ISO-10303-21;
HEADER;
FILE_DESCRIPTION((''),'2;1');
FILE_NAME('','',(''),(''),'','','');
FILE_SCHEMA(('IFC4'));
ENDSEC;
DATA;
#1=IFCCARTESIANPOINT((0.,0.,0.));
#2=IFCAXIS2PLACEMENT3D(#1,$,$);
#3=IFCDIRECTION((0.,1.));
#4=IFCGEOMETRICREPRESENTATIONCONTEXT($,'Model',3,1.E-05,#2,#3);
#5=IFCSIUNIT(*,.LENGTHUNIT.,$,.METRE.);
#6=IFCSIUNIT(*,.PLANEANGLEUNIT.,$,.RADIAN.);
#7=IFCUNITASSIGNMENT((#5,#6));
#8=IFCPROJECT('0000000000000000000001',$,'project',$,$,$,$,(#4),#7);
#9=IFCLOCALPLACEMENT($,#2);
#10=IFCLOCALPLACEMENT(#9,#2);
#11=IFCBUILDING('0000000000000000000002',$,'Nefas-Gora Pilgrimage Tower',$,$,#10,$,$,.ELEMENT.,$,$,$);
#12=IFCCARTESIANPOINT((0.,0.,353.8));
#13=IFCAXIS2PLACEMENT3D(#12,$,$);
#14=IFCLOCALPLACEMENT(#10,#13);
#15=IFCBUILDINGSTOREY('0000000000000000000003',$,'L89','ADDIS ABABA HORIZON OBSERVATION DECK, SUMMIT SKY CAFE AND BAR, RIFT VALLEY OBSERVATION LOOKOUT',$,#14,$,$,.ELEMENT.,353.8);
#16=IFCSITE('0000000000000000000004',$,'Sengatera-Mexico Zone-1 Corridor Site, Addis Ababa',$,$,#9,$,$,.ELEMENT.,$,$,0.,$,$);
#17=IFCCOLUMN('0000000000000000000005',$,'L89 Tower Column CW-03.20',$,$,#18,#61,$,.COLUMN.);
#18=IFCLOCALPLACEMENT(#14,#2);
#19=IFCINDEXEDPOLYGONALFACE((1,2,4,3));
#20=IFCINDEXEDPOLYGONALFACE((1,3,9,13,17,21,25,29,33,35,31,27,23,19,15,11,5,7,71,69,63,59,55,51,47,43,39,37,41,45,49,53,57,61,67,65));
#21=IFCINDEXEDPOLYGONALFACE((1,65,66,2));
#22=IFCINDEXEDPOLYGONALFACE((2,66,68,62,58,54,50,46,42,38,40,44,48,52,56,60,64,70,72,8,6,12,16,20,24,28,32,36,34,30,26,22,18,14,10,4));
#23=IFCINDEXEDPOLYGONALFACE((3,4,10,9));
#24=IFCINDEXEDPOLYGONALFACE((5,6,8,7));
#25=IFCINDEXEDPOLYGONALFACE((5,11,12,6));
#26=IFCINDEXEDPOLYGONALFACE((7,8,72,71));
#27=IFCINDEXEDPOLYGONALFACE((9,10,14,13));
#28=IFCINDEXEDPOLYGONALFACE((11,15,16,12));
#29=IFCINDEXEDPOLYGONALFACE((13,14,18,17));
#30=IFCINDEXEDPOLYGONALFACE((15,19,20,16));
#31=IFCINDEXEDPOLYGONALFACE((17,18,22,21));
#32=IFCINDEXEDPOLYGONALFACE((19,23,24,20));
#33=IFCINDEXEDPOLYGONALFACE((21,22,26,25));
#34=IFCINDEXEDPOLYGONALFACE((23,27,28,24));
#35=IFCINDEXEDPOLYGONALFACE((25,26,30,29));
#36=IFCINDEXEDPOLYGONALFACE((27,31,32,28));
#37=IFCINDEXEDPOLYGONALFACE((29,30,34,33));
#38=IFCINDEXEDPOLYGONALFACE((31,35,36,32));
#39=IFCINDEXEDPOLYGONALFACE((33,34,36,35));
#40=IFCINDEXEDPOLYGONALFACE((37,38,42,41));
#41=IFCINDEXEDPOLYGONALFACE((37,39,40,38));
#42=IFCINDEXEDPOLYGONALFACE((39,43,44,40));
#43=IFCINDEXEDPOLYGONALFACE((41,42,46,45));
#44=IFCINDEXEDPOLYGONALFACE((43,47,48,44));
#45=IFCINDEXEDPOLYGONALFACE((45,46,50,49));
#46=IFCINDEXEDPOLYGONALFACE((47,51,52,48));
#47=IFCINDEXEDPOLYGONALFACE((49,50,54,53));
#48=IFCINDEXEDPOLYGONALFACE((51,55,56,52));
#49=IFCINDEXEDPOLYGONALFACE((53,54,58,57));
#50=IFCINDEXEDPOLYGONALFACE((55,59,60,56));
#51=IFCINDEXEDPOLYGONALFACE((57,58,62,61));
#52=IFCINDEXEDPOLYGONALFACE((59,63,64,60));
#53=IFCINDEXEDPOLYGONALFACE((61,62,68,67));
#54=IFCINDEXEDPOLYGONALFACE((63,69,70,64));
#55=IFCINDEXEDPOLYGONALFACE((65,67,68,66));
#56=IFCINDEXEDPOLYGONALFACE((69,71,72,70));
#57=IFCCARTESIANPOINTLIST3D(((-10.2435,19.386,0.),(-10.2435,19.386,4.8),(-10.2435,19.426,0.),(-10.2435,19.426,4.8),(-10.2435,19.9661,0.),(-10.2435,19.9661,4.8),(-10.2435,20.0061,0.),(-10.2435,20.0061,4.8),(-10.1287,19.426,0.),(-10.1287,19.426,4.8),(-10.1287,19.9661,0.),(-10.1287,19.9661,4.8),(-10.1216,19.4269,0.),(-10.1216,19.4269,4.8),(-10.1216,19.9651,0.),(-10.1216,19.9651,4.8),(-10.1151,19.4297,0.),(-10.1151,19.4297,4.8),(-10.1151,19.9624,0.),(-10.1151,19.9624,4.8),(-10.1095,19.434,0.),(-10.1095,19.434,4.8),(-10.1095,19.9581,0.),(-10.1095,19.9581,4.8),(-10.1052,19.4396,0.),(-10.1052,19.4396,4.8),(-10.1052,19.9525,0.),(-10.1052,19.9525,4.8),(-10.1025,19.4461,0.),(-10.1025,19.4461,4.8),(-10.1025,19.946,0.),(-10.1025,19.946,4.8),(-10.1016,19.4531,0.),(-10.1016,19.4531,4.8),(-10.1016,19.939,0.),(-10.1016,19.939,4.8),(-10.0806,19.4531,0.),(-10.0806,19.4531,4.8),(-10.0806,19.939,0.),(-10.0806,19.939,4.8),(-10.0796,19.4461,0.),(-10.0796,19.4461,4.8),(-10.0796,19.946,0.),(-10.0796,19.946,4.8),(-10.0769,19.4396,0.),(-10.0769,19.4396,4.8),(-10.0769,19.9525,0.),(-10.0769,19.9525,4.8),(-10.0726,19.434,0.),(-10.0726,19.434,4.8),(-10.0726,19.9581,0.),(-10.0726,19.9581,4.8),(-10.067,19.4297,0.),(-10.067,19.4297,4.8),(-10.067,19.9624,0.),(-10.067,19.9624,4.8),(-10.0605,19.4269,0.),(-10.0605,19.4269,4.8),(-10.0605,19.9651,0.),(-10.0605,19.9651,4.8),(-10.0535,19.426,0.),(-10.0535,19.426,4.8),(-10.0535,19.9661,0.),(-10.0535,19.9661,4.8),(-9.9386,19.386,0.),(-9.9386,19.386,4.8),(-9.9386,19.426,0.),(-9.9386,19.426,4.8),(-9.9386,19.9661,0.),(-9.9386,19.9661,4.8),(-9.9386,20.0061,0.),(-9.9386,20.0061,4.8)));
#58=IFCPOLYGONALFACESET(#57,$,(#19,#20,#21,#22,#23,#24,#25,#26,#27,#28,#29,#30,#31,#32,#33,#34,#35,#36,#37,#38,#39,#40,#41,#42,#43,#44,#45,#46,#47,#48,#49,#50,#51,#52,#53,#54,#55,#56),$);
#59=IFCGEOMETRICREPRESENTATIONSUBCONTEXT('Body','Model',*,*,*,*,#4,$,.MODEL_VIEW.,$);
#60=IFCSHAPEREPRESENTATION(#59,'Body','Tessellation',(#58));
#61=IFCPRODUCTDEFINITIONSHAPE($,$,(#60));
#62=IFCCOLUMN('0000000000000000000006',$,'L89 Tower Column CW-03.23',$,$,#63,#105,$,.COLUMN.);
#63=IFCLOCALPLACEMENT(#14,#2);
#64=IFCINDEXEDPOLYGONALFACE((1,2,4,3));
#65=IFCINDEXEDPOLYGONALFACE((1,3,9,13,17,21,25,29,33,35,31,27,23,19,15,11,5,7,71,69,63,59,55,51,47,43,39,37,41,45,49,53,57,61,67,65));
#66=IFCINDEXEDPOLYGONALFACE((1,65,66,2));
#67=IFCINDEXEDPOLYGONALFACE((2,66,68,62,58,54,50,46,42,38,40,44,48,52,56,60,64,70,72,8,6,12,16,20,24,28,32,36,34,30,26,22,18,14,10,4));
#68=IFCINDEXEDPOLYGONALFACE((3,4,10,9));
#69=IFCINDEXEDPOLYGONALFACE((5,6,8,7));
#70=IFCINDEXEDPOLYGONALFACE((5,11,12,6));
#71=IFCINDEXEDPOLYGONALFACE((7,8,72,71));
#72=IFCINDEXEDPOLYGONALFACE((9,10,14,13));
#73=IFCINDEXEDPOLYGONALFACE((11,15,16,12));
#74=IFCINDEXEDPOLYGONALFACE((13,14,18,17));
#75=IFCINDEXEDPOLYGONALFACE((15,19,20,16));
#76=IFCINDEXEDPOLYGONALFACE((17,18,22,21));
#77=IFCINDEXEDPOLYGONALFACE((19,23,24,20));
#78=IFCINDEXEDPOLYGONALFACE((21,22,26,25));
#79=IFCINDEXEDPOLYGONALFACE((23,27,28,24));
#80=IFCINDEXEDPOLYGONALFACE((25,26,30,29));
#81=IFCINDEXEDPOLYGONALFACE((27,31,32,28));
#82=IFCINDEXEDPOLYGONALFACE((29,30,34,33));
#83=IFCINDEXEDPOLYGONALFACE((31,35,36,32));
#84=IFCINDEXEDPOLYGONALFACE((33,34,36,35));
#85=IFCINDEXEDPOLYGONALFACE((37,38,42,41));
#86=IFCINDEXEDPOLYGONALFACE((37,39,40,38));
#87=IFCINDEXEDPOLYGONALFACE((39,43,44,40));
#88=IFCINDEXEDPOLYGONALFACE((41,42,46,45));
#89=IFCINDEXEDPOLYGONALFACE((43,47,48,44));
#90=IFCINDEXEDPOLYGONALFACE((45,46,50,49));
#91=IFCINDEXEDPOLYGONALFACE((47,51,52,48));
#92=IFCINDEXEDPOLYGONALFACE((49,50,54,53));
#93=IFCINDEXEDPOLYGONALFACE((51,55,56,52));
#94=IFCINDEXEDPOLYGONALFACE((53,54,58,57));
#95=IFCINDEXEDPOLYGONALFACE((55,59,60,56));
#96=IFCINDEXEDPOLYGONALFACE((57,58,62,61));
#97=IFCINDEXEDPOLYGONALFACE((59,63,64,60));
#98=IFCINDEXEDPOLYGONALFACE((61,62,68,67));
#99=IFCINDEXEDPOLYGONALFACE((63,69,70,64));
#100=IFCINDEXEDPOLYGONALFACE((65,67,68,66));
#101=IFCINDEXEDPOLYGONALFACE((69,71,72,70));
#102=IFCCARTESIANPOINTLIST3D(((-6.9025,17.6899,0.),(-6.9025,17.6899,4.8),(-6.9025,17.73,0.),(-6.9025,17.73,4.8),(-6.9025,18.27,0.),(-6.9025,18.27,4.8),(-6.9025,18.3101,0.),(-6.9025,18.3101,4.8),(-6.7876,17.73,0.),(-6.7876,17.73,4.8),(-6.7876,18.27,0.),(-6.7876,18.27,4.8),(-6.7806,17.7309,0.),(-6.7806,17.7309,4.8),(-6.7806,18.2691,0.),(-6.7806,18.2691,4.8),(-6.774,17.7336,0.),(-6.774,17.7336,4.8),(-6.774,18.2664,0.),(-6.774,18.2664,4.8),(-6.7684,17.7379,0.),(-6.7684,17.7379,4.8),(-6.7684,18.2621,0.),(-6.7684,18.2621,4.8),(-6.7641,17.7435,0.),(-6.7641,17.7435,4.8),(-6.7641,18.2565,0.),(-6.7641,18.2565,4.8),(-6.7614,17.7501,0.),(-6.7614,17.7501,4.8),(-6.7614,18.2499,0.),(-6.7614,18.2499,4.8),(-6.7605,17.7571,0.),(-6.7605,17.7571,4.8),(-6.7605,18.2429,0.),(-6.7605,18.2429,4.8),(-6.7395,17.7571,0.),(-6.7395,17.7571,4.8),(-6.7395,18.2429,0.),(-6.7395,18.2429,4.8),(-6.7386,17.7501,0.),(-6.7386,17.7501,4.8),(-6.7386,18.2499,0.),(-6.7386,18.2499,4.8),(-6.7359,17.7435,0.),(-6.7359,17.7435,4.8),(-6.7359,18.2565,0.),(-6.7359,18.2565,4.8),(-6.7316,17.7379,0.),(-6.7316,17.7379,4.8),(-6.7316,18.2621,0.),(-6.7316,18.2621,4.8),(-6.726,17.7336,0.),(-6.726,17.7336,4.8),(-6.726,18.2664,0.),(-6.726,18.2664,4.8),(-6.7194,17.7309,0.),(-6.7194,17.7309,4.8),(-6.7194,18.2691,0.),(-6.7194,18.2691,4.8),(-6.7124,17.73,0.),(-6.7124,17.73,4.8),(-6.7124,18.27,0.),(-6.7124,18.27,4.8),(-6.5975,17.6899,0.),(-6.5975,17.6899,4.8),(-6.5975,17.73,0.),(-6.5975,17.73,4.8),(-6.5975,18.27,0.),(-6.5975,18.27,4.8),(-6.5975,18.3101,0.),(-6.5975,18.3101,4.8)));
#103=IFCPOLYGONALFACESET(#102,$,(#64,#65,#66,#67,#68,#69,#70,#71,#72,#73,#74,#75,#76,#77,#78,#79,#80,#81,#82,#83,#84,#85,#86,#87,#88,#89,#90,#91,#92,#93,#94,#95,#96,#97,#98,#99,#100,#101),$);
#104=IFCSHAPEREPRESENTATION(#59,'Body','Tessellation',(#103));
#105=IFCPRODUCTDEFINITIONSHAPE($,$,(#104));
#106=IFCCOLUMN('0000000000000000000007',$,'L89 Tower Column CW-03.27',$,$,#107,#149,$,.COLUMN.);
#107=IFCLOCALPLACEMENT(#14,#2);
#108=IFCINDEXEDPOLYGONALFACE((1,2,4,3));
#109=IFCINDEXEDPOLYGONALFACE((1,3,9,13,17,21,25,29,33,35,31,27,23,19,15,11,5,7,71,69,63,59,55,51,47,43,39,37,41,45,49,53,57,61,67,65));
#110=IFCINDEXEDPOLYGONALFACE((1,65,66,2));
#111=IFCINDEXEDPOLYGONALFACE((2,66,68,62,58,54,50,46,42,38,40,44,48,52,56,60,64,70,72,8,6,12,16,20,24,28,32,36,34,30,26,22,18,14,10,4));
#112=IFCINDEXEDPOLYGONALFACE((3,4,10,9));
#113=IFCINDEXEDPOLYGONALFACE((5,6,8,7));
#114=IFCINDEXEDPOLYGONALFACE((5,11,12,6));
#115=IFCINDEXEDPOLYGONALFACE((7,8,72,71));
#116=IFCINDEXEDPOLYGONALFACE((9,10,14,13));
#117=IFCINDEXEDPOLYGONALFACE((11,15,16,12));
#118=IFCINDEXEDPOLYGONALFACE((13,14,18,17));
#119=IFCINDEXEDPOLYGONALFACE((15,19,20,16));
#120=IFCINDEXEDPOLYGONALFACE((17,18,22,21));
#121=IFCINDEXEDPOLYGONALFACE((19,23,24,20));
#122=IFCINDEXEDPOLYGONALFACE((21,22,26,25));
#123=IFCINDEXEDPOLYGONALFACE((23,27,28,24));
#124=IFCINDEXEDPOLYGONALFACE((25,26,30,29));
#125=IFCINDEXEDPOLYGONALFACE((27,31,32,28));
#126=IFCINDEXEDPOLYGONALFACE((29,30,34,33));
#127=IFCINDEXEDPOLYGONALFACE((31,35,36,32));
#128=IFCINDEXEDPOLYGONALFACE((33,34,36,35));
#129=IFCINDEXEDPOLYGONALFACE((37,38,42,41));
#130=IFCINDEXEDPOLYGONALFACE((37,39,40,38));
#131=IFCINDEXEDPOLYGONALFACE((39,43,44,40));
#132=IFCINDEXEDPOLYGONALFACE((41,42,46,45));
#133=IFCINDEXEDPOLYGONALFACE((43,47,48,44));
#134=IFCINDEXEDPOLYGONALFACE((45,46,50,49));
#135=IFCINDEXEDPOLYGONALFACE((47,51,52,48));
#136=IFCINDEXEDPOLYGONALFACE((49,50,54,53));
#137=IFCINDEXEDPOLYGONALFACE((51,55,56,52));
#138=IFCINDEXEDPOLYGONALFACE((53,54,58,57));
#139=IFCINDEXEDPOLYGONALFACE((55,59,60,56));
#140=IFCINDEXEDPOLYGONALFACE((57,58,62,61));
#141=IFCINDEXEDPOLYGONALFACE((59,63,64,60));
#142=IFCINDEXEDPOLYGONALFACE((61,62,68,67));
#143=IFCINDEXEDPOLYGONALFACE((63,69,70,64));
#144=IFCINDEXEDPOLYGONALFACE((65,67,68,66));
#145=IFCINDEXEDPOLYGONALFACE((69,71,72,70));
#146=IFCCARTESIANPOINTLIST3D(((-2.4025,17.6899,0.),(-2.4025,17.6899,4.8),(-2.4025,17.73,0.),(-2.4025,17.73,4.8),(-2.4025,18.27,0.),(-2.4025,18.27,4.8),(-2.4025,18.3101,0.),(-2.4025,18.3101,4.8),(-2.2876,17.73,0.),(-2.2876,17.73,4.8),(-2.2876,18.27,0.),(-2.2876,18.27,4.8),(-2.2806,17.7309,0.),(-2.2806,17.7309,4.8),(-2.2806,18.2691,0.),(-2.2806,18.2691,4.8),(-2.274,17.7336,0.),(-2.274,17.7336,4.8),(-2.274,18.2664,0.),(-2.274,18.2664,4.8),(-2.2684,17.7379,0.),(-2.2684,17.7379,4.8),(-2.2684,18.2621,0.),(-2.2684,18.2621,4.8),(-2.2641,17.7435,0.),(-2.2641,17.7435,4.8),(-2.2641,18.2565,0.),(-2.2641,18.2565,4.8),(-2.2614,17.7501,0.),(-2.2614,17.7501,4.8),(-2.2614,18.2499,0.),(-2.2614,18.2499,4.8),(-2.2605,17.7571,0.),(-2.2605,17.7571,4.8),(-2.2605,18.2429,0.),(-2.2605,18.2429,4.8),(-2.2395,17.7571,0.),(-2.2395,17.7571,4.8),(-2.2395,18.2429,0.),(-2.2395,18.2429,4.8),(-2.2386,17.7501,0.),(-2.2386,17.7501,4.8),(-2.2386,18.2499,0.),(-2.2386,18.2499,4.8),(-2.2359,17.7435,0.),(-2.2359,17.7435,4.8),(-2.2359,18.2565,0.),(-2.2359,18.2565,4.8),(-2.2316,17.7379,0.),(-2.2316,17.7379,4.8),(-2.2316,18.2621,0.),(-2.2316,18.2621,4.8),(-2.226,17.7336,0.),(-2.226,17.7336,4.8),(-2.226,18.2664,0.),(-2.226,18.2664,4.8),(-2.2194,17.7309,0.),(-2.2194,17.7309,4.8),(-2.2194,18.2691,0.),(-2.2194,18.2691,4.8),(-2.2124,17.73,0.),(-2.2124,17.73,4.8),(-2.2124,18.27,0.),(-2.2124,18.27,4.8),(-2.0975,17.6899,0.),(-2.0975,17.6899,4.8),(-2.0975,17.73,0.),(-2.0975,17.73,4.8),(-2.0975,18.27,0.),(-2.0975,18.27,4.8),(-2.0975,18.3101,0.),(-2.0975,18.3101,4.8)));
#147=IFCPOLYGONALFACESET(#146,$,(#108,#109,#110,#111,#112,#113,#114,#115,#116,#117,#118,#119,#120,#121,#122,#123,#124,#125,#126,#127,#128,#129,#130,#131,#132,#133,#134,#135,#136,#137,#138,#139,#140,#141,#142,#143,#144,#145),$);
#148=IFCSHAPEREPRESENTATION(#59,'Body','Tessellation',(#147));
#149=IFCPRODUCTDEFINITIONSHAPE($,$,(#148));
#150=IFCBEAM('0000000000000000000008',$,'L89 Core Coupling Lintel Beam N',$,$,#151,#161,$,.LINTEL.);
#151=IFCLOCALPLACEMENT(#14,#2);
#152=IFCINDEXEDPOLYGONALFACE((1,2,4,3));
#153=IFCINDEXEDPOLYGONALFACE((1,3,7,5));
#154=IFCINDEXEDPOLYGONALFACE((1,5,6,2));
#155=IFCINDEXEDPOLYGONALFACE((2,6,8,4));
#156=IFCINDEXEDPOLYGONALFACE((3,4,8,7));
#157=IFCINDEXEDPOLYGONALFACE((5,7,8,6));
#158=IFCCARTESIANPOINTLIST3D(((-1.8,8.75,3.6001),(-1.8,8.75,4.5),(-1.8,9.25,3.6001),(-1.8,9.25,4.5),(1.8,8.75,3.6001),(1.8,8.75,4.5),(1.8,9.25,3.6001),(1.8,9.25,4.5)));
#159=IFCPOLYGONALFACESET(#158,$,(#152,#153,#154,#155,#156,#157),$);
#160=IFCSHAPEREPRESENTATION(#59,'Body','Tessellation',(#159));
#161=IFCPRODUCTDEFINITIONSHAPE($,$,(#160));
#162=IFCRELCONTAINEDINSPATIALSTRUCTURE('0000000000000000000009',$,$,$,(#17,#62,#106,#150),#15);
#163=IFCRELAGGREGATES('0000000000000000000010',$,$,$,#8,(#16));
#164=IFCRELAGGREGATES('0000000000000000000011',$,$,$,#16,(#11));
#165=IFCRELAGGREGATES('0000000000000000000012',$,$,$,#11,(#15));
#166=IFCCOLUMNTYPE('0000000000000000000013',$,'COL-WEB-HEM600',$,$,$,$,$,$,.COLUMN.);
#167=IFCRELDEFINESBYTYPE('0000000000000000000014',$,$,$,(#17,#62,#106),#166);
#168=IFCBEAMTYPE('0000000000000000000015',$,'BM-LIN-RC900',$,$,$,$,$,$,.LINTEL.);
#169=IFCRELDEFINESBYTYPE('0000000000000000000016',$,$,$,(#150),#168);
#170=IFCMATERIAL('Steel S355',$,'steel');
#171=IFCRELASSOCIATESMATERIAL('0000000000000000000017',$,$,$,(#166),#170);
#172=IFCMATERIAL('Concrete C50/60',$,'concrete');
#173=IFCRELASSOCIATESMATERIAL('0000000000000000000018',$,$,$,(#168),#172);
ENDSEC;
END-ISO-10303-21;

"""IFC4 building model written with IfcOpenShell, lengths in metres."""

from ifc_helpers import new_model, si_unit, direction, frame, origin, origin_2d, place, context, subcontext, project, spatial, rectangle, i_section, extrude, source, transform, mapped, material, material_profile, profile_set, type_object, element, save


model = new_model("IFC4")

# Units and contexts
model_context = context("Model", 3, precision=1e-05, world=origin(), true_north=direction((0.0, 1.0)))
body_context = subcontext(model_context, "Body", "Model", "MODEL_VIEW")
ifc_project = project(units=[si_unit("LENGTHUNIT", "METRE"), si_unit("PLANEANGLEUNIT", "RADIAN")], contexts=[model_context])

# Site, building, storey
site_placement = place(None, origin())
site = spatial("IfcSite", under=ifc_project, at=site_placement, Name="Sengatera-Mexico Zone-1 Corridor Site, Addis Ababa", CompositionType="ELEMENT", RefElevation=0.0)
building_placement = place(site_placement, origin())
building = spatial("IfcBuilding", under=site, at=building_placement, Name="Nefas-Gora Pilgrimage Tower", CompositionType="ELEMENT")
storey_placement = place(building_placement, frame((0.0, 0.0, 353.8)))
storey = spatial("IfcBuildingStorey", under=building, at=storey_placement, Name="L89", Description="ADDIS ABABA HORIZON OBSERVATION DECK, SUMMIT SKY CAFE AND BAR, RIFT VALLEY OBSERVATION LOOKOUT", CompositionType="ELEMENT", Elevation=353.8)

# Columns
ifc_material_1 = material(Name="Steel S355", Category="steel")
ifc_material_profile_1 = material_profile(ifc_material_1, i_section(OverallWidth=0.3049, OverallDepth=0.6201, WebThickness=0.021, FlangeThickness=0.04, FilletRadius=0.0271, at=origin_2d()), Name="HEM 600")
ifc_profile_set_1 = profile_set([ifc_material_profile_1], Name="Steel S355")
column_type_1 = type_object("IfcColumnType", Name="COL-WEB-HEM600", PredefinedType="COLUMN", material=ifc_profile_set_1)
shared_shape_1 = source(origin(), body_context, "Body", "SweptSolid", [
    extrude(i_section(OverallWidth=0.3049, OverallDepth=0.6201, WebThickness=0.021, FlangeThickness=0.04, FilletRadius=0.0271, at=origin_2d()), origin(), (0.0, 0.0, 1.0), 4.8),
])
for number, where, z_axis, x_axis, name in (
    (1, (-10.0911, 19.696, 0.0), (0.0, 0.0, 1.0), (1.0, 0.0, 0.0), "L89 Tower Column CW-03.20"),
    (2, (-6.75, 18.0, 0.0), (0.0, 0.0, 1.0), (1.0, 0.0, 0.0), "L89 Tower Column CW-03.23"),
    (3, (-2.25, 18.0, 0.0), (0.0, 0.0, 1.0), (1.0, 0.0, 0.0), "L89 Tower Column CW-03.27"),
):
    element("IfcColumn", number, at=place(storey_placement, frame(where, z_axis=z_axis, x_axis=x_axis)), inside=storey, type_object=column_type_1, Name=name, PredefinedType="COLUMN", context=body_context, shape_type="MappedRepresentation", body=[
        mapped(shared_shape_1, transform((0.0, 0.0, 0.0), x_axis=(1.0, 0.0, 0.0), y_axis=(0.0, 1.0, 0.0), z_axis=(0.0, 0.0, 1.0), scale=1.0)),
    ])

# Beam
ifc_material_2 = material(Name="Concrete C50/60", Category="concrete")
ifc_material_profile_2 = material_profile(ifc_material_2, rectangle(XDim=0.5, YDim=0.8999, at=origin_2d()), Name="RC 500x900")
ifc_profile_set_2 = profile_set([ifc_material_profile_2], Name="Concrete C50/60")
beam_type_1 = type_object("IfcBeamType", Name="BM-LIN-RC900", PredefinedType="LINTEL", material=ifc_profile_set_2)
shared_shape_2 = source(origin(), body_context, "Body", "SweptSolid", [
    extrude(rectangle(XDim=0.5, YDim=0.8999, at=origin_2d()), origin(), (0.0, 0.0, 1.0), 3.6001),
])
beam_placement = place(storey_placement, frame((-1.8, 9.0, 4.05), z_axis=(1.0, 0.0, 0.0), x_axis=(0.0, 1.0, 0.0)))
element("IfcBeam", 4, at=beam_placement, inside=storey, type_object=beam_type_1, Name="L89 Core Coupling Lintel Beam N", PredefinedType="LINTEL", context=body_context, shape_type="MappedRepresentation", body=[
    mapped(shared_shape_2, transform((0.0, 0.0, 0.0), x_axis=(1.0, 0.0, 0.0), y_axis=(0.0, 1.0, 0.0), z_axis=(0.0, 0.0, 1.0), scale=1.0)),
])

save(model, "model.ifc")
